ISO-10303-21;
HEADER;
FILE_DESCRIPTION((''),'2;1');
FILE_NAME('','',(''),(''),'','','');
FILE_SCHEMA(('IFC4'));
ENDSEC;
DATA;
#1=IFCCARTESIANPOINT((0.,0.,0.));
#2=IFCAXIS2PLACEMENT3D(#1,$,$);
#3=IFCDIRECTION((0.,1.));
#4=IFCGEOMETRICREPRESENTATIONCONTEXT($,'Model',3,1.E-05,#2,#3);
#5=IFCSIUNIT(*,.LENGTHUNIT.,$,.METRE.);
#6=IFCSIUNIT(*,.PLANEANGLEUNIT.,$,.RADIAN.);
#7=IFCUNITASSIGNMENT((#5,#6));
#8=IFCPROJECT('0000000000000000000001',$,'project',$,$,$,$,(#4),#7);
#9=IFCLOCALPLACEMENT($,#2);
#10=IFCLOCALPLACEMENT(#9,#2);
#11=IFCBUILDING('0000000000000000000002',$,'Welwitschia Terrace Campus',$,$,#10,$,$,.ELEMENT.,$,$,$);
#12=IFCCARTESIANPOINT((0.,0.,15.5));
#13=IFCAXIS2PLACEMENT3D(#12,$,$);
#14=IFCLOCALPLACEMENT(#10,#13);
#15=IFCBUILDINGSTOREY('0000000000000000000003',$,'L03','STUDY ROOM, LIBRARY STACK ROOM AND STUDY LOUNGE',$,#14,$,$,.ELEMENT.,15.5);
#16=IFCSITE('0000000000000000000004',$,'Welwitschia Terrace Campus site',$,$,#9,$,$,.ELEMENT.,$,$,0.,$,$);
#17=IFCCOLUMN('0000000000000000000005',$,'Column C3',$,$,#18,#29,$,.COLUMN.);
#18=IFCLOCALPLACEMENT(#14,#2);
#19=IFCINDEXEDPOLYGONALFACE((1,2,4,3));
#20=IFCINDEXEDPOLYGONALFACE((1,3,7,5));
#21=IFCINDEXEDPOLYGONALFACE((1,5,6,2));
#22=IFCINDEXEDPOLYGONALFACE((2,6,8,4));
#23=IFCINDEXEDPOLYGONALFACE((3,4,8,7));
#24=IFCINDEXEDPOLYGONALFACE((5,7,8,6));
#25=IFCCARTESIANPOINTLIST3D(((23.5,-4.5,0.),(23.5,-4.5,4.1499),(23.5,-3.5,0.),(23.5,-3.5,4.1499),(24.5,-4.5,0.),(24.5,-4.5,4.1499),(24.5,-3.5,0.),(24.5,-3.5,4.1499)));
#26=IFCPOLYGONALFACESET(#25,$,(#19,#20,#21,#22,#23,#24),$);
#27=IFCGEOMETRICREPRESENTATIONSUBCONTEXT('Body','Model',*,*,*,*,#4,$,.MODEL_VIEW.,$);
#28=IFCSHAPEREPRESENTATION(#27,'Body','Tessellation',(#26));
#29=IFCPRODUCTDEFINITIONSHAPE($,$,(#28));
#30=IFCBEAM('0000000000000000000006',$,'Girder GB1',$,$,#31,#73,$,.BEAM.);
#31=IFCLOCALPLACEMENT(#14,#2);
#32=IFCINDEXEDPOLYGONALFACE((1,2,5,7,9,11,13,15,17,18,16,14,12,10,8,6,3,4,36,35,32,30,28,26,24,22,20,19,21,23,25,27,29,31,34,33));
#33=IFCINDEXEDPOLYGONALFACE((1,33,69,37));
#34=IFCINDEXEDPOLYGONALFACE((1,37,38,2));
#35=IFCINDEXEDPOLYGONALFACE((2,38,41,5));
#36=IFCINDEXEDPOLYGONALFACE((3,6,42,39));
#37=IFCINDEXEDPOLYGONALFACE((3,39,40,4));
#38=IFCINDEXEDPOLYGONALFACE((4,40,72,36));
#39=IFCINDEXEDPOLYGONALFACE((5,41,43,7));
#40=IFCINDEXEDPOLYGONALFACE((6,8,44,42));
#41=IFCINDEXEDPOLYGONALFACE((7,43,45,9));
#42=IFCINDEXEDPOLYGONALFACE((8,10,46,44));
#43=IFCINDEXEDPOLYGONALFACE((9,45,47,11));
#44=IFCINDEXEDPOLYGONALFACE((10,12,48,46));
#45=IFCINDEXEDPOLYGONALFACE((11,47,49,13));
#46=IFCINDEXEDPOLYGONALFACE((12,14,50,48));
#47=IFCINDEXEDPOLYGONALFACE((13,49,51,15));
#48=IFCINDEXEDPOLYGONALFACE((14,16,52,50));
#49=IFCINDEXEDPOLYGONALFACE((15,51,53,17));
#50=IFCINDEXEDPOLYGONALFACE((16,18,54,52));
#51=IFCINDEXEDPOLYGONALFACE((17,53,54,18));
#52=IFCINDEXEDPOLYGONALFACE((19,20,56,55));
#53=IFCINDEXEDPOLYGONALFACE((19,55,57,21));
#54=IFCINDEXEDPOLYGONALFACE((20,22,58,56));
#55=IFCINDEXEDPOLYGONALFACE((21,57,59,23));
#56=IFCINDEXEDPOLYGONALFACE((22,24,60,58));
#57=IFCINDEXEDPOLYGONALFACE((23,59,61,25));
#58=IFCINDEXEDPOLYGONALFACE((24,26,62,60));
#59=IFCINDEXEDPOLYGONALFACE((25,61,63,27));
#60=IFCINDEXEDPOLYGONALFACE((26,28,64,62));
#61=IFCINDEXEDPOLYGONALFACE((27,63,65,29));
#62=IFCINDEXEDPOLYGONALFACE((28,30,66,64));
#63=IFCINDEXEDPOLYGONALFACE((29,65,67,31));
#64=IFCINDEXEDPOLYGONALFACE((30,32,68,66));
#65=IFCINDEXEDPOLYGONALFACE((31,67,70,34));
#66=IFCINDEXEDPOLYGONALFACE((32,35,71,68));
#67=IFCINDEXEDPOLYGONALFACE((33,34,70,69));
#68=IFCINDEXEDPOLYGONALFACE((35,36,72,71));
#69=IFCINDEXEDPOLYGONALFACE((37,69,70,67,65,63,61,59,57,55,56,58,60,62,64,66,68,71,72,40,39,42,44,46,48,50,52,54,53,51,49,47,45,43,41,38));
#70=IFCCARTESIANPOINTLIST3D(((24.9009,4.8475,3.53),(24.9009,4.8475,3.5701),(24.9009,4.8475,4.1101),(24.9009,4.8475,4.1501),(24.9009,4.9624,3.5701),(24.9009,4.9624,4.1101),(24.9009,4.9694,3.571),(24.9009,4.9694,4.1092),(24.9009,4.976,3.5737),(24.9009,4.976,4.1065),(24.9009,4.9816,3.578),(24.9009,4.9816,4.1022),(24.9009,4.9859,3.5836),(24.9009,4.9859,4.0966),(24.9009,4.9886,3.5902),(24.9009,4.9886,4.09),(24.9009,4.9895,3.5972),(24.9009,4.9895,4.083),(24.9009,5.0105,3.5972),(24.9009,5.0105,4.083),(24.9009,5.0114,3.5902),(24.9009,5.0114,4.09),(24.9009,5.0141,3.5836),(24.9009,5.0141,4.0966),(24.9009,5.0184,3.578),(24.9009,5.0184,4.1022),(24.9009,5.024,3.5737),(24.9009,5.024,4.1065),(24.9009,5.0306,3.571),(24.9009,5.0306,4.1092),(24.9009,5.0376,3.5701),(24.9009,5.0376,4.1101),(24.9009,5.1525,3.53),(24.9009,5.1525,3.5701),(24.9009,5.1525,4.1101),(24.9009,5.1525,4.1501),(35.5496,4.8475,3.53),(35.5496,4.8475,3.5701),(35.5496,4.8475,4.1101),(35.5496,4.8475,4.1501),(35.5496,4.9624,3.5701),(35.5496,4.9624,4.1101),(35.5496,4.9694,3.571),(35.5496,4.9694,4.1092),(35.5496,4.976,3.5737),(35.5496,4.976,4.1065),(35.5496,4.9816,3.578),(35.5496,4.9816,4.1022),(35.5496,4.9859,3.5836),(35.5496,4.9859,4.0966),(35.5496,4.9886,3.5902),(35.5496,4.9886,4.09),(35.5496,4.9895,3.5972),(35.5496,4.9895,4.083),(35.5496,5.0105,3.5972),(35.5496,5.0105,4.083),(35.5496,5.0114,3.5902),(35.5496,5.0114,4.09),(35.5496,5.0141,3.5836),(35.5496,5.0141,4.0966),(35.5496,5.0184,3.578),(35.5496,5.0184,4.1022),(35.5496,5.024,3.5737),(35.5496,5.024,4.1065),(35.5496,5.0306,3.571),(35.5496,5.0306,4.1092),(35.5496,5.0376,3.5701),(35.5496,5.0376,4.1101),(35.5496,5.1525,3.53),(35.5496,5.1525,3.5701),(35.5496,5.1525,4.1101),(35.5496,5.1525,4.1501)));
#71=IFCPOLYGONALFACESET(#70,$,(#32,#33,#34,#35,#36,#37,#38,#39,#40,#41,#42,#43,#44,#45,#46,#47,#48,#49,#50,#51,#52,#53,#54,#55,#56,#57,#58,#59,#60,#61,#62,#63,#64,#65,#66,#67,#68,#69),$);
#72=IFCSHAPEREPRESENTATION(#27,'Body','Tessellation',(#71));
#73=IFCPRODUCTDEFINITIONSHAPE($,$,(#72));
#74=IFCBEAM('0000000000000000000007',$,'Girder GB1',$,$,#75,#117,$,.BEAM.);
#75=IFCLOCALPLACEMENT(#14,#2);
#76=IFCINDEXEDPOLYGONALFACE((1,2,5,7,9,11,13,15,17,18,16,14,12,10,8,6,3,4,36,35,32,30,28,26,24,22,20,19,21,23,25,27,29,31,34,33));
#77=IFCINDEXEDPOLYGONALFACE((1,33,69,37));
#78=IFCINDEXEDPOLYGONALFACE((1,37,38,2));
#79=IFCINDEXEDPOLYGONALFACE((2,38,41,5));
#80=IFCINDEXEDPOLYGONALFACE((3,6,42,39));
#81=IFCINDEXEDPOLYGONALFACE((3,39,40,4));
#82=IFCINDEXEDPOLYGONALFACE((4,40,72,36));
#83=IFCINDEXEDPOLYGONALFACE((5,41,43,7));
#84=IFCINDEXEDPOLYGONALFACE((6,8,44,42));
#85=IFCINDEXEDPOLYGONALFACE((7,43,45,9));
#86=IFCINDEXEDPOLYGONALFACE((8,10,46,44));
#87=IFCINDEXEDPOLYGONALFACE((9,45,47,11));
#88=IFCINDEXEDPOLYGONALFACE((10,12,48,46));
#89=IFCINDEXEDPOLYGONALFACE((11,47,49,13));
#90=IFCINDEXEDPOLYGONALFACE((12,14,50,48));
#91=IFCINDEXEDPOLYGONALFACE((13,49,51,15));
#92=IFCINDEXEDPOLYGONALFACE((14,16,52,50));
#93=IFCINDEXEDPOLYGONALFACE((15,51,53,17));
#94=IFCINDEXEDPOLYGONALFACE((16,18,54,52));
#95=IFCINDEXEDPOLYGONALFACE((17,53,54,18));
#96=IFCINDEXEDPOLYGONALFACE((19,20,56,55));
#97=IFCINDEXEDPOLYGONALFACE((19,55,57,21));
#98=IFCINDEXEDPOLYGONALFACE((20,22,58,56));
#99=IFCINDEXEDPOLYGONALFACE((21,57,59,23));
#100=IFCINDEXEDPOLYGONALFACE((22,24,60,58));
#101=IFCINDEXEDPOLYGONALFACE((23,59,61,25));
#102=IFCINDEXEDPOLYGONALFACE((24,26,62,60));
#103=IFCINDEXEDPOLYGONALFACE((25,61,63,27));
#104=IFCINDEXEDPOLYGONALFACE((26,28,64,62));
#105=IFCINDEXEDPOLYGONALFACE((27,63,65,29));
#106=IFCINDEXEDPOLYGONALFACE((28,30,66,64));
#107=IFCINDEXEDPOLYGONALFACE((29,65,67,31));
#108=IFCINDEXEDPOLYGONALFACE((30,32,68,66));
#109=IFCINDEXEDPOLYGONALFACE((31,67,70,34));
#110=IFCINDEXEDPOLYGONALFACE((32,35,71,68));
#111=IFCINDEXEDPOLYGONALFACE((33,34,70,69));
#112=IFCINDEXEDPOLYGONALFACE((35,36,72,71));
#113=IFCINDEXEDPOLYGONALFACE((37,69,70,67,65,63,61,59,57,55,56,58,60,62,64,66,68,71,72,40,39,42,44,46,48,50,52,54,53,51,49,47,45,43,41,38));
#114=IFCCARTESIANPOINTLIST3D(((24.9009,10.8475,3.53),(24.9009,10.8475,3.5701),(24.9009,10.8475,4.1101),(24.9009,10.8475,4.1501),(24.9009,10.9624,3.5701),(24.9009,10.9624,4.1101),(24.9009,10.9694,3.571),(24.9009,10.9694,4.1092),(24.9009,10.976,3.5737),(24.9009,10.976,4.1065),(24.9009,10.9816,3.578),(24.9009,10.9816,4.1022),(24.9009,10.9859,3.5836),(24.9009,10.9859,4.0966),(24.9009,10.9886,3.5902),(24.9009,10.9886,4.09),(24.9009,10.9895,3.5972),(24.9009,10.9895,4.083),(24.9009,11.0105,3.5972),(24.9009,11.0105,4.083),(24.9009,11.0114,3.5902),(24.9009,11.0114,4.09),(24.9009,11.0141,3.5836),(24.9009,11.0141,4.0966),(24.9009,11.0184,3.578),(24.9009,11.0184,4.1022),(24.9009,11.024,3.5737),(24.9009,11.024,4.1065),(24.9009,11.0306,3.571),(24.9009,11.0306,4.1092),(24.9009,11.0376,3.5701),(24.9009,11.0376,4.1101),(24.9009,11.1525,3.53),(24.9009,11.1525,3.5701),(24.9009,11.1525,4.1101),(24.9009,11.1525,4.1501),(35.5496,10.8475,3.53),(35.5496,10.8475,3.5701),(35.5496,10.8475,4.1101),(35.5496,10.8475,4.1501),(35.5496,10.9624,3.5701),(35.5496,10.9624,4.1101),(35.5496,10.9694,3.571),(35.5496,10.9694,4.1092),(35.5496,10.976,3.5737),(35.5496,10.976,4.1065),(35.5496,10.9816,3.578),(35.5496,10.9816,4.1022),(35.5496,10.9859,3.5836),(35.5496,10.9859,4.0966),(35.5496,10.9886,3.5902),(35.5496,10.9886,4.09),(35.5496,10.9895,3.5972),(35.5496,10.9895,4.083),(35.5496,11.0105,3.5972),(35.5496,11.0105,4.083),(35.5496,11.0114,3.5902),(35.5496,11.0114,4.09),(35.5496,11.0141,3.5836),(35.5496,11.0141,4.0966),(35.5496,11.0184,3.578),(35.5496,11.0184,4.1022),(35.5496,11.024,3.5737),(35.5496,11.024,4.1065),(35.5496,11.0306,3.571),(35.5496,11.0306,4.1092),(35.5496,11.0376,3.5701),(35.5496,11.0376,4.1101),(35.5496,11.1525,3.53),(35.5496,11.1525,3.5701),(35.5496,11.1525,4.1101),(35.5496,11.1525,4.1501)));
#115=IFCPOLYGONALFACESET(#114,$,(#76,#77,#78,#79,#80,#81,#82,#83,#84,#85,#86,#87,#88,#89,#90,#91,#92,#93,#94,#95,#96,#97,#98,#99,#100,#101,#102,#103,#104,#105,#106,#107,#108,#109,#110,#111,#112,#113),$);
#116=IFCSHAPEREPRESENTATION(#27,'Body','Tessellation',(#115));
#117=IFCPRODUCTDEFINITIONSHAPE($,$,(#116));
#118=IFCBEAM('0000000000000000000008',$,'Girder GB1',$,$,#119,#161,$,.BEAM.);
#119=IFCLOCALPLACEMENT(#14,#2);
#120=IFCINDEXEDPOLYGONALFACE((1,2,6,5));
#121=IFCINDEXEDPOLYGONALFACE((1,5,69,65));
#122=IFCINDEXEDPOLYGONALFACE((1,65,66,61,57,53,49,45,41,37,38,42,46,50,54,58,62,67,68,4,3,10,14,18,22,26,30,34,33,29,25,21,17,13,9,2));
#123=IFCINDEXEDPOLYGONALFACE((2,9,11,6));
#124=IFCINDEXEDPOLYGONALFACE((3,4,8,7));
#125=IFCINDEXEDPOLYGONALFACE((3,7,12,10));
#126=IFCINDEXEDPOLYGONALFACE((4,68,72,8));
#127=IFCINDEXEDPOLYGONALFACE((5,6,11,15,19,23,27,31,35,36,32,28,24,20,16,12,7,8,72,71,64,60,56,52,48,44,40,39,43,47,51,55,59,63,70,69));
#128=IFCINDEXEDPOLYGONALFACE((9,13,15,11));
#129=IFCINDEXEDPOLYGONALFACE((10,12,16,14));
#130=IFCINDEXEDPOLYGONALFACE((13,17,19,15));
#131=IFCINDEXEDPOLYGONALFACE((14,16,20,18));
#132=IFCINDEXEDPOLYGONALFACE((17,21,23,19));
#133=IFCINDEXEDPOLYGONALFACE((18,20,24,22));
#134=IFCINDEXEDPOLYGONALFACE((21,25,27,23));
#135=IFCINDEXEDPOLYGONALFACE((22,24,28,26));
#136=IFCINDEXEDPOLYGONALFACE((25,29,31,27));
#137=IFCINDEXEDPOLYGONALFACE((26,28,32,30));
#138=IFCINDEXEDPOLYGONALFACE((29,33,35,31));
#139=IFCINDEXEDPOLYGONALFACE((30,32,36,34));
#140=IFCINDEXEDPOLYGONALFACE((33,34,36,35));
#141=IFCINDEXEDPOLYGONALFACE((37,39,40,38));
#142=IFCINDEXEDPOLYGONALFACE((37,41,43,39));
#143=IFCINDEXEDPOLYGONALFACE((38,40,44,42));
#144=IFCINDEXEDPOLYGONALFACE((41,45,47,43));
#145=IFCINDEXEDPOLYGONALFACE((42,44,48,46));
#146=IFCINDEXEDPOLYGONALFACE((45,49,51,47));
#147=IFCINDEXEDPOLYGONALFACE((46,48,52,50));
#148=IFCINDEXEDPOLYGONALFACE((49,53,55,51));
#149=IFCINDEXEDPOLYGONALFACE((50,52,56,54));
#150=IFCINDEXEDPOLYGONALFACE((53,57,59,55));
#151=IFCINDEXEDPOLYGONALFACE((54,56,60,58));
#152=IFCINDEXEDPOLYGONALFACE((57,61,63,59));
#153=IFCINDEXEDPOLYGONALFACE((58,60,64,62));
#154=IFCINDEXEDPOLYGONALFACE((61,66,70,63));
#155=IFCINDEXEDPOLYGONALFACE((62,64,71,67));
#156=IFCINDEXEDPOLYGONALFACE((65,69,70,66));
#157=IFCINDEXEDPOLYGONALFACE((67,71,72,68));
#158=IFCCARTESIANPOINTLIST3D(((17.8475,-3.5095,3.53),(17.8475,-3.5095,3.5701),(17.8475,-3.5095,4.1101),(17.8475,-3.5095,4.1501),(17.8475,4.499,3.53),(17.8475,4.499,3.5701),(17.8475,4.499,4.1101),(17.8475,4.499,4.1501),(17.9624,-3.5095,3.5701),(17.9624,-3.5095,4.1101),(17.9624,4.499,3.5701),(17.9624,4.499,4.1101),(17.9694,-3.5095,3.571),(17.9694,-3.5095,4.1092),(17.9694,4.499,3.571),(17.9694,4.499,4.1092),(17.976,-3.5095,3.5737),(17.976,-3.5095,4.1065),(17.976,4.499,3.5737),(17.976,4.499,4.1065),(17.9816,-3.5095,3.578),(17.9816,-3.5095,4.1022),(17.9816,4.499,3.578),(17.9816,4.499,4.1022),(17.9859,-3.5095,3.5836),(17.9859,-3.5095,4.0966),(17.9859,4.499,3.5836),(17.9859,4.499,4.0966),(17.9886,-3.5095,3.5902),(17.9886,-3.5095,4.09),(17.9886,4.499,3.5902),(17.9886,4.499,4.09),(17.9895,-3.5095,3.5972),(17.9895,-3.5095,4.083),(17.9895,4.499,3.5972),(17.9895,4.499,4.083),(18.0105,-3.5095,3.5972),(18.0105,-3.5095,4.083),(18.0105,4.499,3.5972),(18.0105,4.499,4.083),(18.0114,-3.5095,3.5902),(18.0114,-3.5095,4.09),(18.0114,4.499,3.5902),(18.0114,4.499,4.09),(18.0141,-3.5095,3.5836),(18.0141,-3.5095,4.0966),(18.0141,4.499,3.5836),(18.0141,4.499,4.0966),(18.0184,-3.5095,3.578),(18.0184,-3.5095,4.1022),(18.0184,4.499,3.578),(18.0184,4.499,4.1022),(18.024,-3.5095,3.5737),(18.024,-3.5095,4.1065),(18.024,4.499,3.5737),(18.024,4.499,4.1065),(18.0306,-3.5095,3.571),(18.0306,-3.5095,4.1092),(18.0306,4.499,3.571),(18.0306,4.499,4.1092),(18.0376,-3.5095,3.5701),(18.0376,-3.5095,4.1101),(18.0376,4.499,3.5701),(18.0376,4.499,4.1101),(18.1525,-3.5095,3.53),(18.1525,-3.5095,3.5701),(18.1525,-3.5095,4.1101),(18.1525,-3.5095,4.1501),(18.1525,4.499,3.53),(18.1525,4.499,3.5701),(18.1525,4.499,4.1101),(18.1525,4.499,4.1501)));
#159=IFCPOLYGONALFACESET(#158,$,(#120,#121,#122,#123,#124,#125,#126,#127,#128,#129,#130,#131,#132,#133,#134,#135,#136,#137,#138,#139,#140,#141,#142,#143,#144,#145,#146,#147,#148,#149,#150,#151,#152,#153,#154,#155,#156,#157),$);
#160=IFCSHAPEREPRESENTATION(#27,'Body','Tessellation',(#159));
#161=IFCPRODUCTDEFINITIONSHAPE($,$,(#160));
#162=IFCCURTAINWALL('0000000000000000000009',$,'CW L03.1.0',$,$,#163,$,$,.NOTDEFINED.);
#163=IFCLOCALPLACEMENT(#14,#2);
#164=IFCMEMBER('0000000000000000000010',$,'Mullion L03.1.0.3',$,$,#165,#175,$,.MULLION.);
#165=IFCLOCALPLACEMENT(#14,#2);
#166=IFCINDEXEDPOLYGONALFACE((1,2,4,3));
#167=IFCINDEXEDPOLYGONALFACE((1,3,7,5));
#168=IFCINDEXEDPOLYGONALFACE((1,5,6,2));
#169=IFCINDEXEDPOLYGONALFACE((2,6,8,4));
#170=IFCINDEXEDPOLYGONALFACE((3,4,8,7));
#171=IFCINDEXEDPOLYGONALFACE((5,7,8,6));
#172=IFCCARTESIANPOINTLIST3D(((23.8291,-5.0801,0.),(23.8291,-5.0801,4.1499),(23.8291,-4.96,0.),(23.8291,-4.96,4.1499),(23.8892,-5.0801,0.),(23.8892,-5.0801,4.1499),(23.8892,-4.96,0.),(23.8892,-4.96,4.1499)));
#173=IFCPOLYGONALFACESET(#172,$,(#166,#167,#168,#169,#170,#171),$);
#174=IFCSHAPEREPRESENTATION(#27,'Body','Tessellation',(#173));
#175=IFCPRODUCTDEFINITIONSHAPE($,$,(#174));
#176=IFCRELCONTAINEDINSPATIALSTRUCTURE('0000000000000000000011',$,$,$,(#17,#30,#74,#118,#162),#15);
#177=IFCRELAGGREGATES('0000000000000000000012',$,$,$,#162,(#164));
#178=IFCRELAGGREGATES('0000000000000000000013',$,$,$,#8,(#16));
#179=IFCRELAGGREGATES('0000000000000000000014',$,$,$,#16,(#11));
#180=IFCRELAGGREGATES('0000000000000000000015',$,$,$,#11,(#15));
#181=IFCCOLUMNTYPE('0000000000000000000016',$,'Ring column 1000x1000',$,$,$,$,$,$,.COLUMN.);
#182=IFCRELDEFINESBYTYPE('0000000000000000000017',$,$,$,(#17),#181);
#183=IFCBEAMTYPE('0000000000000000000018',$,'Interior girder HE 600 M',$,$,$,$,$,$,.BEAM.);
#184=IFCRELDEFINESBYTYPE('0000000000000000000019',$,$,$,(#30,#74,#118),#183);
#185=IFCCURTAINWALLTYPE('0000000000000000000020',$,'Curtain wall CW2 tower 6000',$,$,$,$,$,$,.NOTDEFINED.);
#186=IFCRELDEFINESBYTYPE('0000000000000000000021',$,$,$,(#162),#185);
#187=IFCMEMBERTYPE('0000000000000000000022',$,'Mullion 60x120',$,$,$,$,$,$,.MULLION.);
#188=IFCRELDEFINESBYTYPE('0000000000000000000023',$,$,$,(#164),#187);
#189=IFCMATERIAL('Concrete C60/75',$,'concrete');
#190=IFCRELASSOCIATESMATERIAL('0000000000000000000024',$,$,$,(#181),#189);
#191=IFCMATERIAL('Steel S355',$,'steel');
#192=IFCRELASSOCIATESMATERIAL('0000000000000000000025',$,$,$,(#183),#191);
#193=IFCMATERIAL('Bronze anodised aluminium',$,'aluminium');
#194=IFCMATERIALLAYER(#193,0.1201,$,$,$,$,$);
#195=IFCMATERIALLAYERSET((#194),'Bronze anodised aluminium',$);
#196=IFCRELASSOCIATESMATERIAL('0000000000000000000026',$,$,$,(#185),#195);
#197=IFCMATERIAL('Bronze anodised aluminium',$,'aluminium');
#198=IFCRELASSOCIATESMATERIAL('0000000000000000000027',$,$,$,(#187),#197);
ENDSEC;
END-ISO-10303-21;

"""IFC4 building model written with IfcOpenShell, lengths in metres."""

from ifc_helpers import new_model, si_unit, direction, frame, origin, origin_2d, place, context, subcontext, project, spatial, rectangle, i_section, extrude, material, layer, layer_set, material_profile, profile_set, type_object, element, aggregate, save


model = new_model("IFC4")

# Units and contexts
model_context = context("Model", 3, precision=1e-05, world=origin(), true_north=direction((0.0, 1.0)))
body_context = subcontext(model_context, "Body", "Model", "MODEL_VIEW")
ifc_project = project(units=[si_unit("LENGTHUNIT", "METRE"), si_unit("PLANEANGLEUNIT", "RADIAN")], contexts=[model_context])

# Site, building, storey
site_placement = place(None, origin())
site = spatial("IfcSite", under=ifc_project, at=site_placement, Name="Welwitschia Terrace Campus site", CompositionType="ELEMENT", RefElevation=0.0)
building_placement = place(site_placement, origin())
building = spatial("IfcBuilding", under=site, at=building_placement, Name="Welwitschia Terrace Campus", CompositionType="ELEMENT")
storey_placement = place(building_placement, frame((0.0, 0.0, 15.5)))
storey = spatial("IfcBuildingStorey", under=building, at=storey_placement, Name="L03", Description="STUDY ROOM, LIBRARY STACK ROOM AND STUDY LOUNGE", CompositionType="ELEMENT", Elevation=15.5)

# Column
ifc_material_1 = material(Name="Concrete C60/75", Category="concrete")
ifc_material_profile_1 = material_profile(ifc_material_1, rectangle(XDim=1.0, YDim=1.0, at=origin_2d()))
ifc_profile_set_1 = profile_set([ifc_material_profile_1], Name="Concrete C60/75")
column_type = type_object("IfcColumnType", Name="Ring column 1000x1000", PredefinedType="COLUMN", material=ifc_profile_set_1)
column_placement = place(storey_placement, frame((24.0, -4.0, 0.0), z_axis=(0.0, 0.0, 1.0), x_axis=(1.0, 0.0, 0.0)))
element("IfcColumn", 1, at=column_placement, inside=storey, type_object=column_type, Name="Column C3", PredefinedType="COLUMN", context=body_context, shape_type="SweptSolid", body=[
    extrude(rectangle(XDim=1.0, YDim=1.0, at=origin_2d()), origin(), (0.0, 0.0, 1.0), 4.1499),
])

# Beams
ifc_material_2 = material(Name="Steel S355", Category="steel")
ifc_material_profile_2 = material_profile(ifc_material_2, i_section(OverallWidth=0.3049, OverallDepth=0.6201, WebThickness=0.021, FlangeThickness=0.04, FilletRadius=0.0271, at=origin_2d()))
ifc_profile_set_2 = profile_set([ifc_material_profile_2], Name="Steel S355")
beam_type_1 = type_object("IfcBeamType", Name="Interior girder HE 600 M", PredefinedType="BEAM", material=ifc_profile_set_2)
for number, where, z_axis, x_axis, name in (
    (2, (24.9009, 5.0, 3.8401), (1.0, 0.0, 0.0), (0.0, 1.0, 0.0), "Girder GB1"),
    (3, (24.9009, 11.0, 3.8401), (1.0, 0.0, 0.0), (0.0, 1.0, 0.0), "Girder GB1"),
):
    element("IfcBeam", number, at=place(storey_placement, frame(where, z_axis=z_axis, x_axis=x_axis)), inside=storey, type_object=beam_type_1, Name=name, PredefinedType="BEAM", context=body_context, shape_type="SweptSolid", body=[
        extrude(i_section(OverallWidth=0.3049, OverallDepth=0.6201, WebThickness=0.021, FlangeThickness=0.04, FilletRadius=0.0271, at=origin_2d()), origin(), (0.0, 0.0, 1.0), 10.6487),
    ])
beam_1_placement = place(storey_placement, frame((18.0, -3.5095, 3.8401), z_axis=(0.0, 1.0, 0.0), x_axis=(-1.0, 0.0, 0.0)))
element("IfcBeam", 4, at=beam_1_placement, inside=storey, type_object=beam_type_1, Name="Girder GB1", PredefinedType="BEAM", context=body_context, shape_type="SweptSolid", body=[
    extrude(i_section(OverallWidth=0.3049, OverallDepth=0.6201, WebThickness=0.021, FlangeThickness=0.04, FilletRadius=0.0271, at=origin_2d()), origin(), (0.0, 0.0, 1.0), 8.0085),
])

# Curtain wall, member
ifc_material_3 = material(Name="Bronze anodised aluminium", Category="aluminium")
ifc_layer_1 = layer(ifc_material_3, 0.1201)
ifc_layer_set_1 = layer_set([ifc_layer_1], Name="Bronze anodised aluminium")
curtain_wall_type = type_object("IfcCurtainWallType", Name="Curtain wall CW2 tower 6000", PredefinedType="NOTDEFINED", material=ifc_layer_set_1)
curtain_wall_placement = place(storey_placement, origin())
curtain_wall = element("IfcCurtainWall", 5, at=curtain_wall_placement, inside=storey, type_object=curtain_wall_type, Name="CW L03.1.0", PredefinedType="NOTDEFINED")
ifc_material_4 = material(Name="Bronze anodised aluminium", Category="aluminium")
ifc_material_profile_3 = material_profile(ifc_material_4, rectangle(XDim=0.1201, YDim=0.0601, at=origin_2d()))
ifc_profile_set_3 = profile_set([ifc_material_profile_3], Name="Bronze anodised aluminium")
member_type = type_object("IfcMemberType", Name="Mullion 60x120", PredefinedType="MULLION", material=ifc_profile_set_3)
member_placement = place(storey_placement, frame((23.8591, -5.02, 0.0), z_axis=(0.0, 0.0, 1.0), x_axis=(0.0, 1.0, 0.0)))
member = element("IfcMember", 6, at=member_placement, type_object=member_type, Name="Mullion L03.1.0.3", PredefinedType="MULLION", context=body_context, shape_type="SweptSolid", body=[
    extrude(rectangle(XDim=0.1201, YDim=0.0601, at=origin_2d()), origin(), (0.0, 0.0, 1.0), 4.1499),
])

aggregate(curtain_wall, [member])

save(model, "model.ifc")
